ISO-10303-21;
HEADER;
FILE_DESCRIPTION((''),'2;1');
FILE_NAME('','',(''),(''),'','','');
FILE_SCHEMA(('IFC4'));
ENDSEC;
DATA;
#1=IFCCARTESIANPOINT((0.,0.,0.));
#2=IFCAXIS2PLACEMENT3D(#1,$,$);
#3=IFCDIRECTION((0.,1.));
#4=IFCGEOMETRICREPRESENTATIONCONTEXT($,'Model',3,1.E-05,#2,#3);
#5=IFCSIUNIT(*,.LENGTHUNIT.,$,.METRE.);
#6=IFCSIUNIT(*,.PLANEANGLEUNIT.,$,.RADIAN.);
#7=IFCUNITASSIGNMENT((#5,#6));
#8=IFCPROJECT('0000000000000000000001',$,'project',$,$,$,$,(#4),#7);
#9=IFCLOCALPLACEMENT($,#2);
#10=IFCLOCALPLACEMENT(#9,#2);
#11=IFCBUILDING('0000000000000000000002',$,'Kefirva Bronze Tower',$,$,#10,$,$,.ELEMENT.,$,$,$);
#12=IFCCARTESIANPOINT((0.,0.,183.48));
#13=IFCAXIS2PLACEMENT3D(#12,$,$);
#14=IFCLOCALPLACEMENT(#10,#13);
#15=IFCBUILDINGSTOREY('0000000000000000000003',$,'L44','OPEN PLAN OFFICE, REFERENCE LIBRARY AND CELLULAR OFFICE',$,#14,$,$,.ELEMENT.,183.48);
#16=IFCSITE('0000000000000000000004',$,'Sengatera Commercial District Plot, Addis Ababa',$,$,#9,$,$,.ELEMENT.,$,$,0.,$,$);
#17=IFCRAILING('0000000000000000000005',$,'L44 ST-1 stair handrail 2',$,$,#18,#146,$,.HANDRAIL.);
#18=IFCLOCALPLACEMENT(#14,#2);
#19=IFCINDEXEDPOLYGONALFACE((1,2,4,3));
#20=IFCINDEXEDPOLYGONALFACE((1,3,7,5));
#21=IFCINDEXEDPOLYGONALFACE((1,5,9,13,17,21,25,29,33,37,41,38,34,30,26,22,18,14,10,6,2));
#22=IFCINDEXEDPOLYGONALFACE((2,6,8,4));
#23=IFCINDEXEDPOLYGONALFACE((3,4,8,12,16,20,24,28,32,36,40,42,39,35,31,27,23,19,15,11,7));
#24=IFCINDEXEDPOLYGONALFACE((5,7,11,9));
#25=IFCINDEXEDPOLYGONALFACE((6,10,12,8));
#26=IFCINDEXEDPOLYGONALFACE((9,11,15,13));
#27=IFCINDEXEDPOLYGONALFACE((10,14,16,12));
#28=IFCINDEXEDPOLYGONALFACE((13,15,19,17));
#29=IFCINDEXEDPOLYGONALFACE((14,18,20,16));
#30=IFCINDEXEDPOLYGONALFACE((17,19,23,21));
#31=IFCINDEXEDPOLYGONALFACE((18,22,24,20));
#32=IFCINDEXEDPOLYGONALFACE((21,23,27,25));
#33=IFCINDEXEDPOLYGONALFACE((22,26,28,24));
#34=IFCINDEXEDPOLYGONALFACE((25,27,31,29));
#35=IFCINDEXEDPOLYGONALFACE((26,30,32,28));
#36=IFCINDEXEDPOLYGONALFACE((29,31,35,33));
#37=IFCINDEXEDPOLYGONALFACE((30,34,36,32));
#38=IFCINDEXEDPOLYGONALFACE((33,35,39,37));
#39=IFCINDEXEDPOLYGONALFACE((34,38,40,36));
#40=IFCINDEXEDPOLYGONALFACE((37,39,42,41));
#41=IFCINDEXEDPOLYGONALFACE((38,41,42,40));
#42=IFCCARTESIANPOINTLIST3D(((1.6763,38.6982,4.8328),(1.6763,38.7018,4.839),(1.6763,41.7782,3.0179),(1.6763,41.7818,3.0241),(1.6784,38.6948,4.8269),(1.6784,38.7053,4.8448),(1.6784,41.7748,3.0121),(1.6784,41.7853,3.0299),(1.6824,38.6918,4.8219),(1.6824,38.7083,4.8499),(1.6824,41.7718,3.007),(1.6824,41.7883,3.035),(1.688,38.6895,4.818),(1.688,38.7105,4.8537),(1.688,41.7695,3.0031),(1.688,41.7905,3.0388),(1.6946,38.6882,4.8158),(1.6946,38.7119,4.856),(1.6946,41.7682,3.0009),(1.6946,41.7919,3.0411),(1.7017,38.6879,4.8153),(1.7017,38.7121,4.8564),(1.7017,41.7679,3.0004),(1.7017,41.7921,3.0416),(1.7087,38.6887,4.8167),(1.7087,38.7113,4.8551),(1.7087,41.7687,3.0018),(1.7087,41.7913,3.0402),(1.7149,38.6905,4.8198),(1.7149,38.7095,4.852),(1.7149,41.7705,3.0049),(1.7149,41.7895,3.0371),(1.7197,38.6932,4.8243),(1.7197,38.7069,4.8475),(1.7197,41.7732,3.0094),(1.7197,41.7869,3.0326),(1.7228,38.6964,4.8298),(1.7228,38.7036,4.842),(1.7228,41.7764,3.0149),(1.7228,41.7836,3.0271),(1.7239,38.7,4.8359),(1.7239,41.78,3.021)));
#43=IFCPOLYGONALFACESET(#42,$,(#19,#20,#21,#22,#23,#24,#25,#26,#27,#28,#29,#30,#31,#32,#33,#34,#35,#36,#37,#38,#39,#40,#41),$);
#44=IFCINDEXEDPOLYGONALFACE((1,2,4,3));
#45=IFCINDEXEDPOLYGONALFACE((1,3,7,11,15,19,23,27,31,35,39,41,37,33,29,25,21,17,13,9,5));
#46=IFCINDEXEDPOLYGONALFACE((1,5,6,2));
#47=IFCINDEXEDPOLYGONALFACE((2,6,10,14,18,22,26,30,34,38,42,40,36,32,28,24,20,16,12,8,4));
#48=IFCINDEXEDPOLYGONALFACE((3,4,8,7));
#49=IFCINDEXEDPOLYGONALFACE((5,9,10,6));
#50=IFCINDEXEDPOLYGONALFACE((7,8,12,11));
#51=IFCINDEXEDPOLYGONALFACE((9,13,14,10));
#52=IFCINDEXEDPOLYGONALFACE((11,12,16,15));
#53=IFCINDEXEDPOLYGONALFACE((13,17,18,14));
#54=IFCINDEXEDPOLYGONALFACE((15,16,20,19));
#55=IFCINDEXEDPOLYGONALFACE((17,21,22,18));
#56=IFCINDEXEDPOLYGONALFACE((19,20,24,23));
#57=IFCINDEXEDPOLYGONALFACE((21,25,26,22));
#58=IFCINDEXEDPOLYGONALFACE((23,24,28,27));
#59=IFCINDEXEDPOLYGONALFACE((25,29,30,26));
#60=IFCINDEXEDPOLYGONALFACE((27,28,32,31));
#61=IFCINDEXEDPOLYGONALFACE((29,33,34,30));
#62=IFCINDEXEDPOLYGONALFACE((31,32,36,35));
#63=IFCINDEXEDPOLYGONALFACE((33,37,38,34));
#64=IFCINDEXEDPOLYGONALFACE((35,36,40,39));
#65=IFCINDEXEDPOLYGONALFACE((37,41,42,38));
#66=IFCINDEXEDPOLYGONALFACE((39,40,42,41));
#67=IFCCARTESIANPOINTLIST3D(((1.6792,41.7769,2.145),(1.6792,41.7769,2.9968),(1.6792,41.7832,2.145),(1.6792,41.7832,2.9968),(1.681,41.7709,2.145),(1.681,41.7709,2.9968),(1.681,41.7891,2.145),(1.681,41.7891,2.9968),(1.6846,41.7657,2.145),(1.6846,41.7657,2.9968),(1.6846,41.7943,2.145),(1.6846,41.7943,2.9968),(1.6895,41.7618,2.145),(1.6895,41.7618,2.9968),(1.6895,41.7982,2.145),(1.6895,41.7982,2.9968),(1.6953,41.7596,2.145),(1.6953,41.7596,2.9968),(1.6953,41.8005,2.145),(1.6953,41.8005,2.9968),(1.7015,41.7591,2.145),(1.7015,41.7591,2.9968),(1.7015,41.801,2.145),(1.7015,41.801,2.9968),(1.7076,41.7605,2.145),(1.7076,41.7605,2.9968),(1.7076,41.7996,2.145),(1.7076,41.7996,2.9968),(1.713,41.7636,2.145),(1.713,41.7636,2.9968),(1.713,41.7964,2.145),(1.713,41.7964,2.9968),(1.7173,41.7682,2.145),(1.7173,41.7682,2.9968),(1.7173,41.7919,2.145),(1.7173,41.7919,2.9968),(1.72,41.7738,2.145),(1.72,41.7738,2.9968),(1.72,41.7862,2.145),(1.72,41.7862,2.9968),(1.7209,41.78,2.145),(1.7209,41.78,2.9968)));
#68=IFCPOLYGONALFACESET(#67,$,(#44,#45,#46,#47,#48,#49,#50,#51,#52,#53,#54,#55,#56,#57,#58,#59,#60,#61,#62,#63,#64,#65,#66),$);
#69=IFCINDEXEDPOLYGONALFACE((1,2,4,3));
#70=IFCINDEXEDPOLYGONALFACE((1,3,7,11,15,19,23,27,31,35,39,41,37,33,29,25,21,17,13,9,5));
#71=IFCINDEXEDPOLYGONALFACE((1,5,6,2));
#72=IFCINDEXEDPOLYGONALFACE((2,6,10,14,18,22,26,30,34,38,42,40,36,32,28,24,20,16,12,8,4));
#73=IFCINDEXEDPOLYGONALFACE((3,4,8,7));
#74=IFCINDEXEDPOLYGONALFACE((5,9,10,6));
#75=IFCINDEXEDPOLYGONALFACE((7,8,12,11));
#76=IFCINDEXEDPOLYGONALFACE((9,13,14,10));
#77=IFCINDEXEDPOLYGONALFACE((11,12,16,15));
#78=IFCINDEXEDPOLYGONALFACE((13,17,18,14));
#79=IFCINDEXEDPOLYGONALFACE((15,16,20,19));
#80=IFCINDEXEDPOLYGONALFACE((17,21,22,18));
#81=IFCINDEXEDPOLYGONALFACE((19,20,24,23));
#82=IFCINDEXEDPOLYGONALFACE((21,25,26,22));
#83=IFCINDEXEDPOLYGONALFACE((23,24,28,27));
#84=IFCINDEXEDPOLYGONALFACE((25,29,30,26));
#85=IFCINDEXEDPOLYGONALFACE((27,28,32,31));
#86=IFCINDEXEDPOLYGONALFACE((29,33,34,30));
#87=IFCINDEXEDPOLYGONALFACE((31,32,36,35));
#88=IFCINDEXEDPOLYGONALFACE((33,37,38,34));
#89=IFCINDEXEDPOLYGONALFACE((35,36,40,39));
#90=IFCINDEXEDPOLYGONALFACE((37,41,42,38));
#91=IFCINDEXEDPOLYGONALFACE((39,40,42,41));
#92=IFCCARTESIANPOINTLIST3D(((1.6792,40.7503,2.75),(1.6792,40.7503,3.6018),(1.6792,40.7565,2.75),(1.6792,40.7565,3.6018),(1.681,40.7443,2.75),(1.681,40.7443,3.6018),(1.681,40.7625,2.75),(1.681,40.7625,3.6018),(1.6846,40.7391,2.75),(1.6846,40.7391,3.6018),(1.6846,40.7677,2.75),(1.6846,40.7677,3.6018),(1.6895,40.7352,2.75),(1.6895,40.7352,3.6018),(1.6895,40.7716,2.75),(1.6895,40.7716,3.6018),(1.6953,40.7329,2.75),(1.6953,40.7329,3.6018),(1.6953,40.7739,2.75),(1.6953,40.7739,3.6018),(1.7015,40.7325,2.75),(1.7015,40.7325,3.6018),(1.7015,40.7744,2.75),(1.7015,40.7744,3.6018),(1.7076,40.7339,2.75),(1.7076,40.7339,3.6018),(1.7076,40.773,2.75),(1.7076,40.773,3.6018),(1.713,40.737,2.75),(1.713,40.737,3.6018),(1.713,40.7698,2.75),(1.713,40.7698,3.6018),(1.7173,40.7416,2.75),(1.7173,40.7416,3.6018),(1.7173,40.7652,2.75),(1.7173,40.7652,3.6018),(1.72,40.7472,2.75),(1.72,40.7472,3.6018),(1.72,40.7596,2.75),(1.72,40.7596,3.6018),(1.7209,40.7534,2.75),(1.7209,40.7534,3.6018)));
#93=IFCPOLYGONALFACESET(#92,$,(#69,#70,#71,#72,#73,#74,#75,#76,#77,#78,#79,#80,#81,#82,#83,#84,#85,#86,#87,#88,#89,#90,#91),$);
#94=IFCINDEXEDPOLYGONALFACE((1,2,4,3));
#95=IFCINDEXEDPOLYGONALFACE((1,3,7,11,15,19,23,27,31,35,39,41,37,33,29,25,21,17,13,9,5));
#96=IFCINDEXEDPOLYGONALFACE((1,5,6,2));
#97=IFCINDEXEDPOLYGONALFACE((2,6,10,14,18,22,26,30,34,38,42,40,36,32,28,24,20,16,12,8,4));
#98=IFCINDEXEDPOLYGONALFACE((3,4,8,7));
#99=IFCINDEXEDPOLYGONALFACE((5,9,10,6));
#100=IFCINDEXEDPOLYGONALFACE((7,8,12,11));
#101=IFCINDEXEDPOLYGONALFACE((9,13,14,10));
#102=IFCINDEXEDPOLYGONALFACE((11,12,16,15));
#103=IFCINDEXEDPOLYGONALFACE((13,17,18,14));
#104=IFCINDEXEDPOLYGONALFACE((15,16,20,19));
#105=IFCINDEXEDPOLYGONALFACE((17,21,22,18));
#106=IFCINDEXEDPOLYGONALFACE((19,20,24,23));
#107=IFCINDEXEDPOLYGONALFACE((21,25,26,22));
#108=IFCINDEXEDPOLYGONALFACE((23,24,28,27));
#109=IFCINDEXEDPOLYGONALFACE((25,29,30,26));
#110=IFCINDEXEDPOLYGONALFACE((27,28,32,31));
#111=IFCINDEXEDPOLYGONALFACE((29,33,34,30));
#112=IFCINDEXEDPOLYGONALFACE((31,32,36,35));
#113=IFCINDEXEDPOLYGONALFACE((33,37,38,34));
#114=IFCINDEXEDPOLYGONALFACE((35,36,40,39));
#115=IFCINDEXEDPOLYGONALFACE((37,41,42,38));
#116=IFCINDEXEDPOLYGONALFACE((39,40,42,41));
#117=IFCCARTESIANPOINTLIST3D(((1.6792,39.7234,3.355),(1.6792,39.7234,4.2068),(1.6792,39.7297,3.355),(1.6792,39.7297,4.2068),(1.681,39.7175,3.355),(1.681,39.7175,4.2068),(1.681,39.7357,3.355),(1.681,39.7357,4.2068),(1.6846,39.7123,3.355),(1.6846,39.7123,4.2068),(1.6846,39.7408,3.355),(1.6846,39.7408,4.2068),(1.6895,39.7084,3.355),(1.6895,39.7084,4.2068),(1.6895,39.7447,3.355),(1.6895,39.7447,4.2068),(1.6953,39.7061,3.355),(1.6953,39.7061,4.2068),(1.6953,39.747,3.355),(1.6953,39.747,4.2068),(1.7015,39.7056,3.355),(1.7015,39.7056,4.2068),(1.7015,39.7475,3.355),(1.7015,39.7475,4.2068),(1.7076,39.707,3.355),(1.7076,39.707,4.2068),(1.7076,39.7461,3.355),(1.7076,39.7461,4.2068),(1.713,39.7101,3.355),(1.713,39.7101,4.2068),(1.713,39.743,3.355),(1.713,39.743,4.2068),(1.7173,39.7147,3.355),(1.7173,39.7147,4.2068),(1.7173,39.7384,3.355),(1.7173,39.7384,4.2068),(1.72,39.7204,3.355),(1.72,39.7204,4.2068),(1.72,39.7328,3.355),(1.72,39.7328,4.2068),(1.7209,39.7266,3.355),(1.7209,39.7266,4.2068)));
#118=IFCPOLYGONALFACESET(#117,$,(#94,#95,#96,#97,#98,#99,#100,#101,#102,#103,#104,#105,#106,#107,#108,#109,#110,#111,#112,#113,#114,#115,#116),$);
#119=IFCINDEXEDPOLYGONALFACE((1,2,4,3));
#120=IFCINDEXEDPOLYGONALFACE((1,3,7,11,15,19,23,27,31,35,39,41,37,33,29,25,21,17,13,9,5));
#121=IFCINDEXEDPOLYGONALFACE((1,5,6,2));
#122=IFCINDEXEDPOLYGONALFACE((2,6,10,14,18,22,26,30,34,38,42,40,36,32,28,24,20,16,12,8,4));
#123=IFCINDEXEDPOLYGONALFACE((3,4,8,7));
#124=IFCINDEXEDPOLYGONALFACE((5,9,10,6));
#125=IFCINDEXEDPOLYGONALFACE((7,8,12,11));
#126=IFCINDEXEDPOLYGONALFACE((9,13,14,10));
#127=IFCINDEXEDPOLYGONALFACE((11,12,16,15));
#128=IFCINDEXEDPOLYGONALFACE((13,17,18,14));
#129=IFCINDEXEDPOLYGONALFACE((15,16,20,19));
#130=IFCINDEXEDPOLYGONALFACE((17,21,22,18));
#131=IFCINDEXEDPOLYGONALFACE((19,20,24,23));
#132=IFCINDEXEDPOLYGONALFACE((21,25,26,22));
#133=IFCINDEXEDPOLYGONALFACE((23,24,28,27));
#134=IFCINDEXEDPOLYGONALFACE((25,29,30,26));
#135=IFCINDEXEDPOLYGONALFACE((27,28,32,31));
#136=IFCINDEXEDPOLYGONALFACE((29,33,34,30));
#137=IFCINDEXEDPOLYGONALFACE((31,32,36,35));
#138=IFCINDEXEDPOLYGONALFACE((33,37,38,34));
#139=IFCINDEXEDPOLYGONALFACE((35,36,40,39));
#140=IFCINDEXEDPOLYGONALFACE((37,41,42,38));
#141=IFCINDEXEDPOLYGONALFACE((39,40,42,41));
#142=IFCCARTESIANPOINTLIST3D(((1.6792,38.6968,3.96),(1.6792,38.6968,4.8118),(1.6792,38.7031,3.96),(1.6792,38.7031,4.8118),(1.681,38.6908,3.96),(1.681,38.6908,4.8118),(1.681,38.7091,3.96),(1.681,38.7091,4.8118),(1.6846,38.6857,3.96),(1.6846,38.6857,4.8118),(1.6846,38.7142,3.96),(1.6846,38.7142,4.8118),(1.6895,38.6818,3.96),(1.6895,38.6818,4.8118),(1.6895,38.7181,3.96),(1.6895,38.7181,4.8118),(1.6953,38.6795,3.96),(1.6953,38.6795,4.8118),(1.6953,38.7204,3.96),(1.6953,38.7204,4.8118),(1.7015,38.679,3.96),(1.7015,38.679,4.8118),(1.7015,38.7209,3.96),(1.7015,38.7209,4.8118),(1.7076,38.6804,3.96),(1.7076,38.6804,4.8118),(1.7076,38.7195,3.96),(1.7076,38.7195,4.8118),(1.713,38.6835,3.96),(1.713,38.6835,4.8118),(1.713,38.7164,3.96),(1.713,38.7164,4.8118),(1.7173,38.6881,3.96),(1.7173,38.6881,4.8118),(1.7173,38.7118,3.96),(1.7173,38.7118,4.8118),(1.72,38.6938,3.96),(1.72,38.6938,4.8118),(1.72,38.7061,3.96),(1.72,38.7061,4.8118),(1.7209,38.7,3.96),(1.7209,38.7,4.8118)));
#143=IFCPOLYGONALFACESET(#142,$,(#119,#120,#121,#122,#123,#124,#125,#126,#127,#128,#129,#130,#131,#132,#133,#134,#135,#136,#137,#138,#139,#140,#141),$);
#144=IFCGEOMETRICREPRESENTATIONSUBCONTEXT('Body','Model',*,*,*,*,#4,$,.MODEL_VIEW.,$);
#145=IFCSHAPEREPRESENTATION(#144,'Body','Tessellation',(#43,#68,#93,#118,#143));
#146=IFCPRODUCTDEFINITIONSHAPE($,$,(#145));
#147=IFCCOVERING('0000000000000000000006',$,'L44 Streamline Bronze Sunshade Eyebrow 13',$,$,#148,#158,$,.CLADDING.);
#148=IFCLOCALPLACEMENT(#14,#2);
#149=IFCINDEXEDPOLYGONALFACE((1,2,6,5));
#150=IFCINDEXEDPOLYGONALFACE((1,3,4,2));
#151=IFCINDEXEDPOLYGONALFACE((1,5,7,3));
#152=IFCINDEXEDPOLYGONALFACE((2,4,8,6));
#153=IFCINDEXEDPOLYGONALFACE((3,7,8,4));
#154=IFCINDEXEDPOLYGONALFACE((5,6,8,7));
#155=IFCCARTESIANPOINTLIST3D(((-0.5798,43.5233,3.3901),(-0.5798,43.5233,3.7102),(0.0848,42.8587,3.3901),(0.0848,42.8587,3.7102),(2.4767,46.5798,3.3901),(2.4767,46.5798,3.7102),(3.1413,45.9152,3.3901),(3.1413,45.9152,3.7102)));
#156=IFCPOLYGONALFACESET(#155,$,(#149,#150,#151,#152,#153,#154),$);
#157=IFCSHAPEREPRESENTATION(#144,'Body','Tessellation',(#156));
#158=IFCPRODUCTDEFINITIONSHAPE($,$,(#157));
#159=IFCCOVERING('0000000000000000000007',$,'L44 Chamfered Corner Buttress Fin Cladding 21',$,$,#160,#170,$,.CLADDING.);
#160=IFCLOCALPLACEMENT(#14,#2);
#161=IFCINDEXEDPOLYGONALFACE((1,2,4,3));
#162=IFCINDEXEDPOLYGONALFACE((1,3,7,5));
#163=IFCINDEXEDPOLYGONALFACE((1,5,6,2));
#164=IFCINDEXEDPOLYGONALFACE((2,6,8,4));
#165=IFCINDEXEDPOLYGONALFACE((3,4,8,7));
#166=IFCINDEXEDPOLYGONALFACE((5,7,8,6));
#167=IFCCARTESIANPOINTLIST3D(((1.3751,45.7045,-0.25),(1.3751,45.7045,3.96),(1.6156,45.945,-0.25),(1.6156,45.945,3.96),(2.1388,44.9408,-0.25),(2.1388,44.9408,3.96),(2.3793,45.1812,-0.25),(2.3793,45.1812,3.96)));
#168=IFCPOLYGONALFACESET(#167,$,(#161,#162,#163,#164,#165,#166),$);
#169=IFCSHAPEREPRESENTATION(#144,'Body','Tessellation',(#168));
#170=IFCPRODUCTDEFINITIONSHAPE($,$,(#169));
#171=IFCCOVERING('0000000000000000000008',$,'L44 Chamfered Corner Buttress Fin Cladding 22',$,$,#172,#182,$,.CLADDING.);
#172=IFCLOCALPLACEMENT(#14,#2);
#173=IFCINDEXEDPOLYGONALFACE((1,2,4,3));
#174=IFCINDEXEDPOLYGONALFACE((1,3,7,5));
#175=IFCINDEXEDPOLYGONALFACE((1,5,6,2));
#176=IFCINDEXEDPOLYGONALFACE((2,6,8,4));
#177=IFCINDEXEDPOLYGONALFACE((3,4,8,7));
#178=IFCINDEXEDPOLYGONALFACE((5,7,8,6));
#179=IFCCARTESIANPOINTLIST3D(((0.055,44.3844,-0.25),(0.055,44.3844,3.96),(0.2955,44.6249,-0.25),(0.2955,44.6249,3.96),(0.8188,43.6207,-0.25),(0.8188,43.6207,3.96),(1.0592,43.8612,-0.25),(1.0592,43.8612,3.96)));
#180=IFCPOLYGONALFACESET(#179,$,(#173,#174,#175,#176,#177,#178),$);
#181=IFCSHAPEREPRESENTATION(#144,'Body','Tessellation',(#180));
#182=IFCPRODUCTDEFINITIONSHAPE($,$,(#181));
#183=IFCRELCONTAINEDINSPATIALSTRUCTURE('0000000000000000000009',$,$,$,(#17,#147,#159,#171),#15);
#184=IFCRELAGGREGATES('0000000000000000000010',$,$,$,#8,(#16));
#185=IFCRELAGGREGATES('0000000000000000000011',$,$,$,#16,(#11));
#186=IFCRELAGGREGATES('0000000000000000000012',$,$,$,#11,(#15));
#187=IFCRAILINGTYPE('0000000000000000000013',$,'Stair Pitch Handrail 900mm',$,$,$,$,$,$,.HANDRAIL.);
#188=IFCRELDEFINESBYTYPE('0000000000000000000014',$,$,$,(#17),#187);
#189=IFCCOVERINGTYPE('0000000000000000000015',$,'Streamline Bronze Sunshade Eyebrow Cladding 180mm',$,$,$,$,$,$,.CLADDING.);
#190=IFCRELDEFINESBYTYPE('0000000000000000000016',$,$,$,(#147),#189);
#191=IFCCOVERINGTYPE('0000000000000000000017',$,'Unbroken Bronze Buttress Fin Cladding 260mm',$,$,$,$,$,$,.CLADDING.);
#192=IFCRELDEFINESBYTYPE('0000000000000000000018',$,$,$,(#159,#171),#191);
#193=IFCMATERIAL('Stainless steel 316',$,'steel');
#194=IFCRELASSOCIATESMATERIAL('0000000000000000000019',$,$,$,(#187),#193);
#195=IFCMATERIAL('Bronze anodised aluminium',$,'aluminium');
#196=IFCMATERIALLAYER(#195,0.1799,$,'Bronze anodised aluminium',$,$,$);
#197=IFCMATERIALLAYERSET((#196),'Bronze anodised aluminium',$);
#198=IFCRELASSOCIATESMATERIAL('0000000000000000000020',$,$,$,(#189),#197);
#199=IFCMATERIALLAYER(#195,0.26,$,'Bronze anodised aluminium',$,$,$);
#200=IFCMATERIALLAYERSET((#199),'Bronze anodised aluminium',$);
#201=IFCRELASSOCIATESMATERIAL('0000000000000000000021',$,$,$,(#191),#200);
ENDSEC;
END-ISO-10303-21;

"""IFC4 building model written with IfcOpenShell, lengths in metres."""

from ifc_helpers import new_model, si_unit, direction, frame, origin, origin_2d, place, context, subcontext, project, spatial, rectangle, circle, extrude, material, layer, layer_set, type_object, element, save


model = new_model("IFC4")

# Units and contexts
model_context = context("Model", 3, precision=1e-05, world=origin(), true_north=direction((0.0, 1.0)))
body_context = subcontext(model_context, "Body", "Model", "MODEL_VIEW")
ifc_project = project(units=[si_unit("LENGTHUNIT", "METRE"), si_unit("PLANEANGLEUNIT", "RADIAN")], contexts=[model_context])

# Site, building, storey
site_placement = place(None, origin())
site = spatial("IfcSite", under=ifc_project, at=site_placement, Name="Sengatera Commercial District Plot, Addis Ababa", CompositionType="ELEMENT", RefElevation=0.0)
building_placement = place(site_placement, origin())
building = spatial("IfcBuilding", under=site, at=building_placement, Name="Kefirva Bronze Tower", CompositionType="ELEMENT")
storey_placement = place(building_placement, frame((0.0, 0.0, 183.48)))
storey = spatial("IfcBuildingStorey", under=building, at=storey_placement, Name="L44", Description="OPEN PLAN OFFICE, REFERENCE LIBRARY AND CELLULAR OFFICE", CompositionType="ELEMENT", Elevation=183.48)

# Shared definitions
ifc_material_1 = material(Name="Bronze anodised aluminium", Category="aluminium")

# Railing
ifc_material_2 = material(Name="Stainless steel 316", Category="steel")
railing_type_1 = type_object("IfcRailingType", Name="Stair Pitch Handrail 900mm", PredefinedType="HANDRAIL", material=ifc_material_2)
railing_1_placement = place(storey_placement, frame((1.7, 41.78, 2.145)))
element("IfcRailing", 1, at=railing_1_placement, inside=storey, type_object=railing_type_1, Name="L44 ST-1 stair handrail 2", PredefinedType="HANDRAIL", context=body_context, shape_type="SweptSolid", body=[
    extrude(circle(Radius=0.0239, at=origin_2d()), frame((0.0, 0.0, 0.876), z_axis=(0.0, -0.861551, 0.507671), x_axis=(1.0, 0.0, 0.0)), (0.0, 0.0, 1.0), 3.575),
    extrude(circle(Radius=0.021, at=origin_2d()), origin(), (0.0, 0.0, 1.0), 0.8518),
    extrude(circle(Radius=0.021, at=origin_2d()), frame((0.0, -1.0266, 0.605)), (0.0, 0.0, 1.0), 0.8518),
    extrude(circle(Radius=0.021, at=origin_2d()), frame((0.0, -2.0535, 1.21)), (0.0, 0.0, 1.0), 0.8518),
    extrude(circle(Radius=0.021, at=origin_2d()), frame((0.0, -3.0801, 1.8149)), (0.0, 0.0, 1.0), 0.8518),
])

# Coverings
ifc_layer_1 = layer(ifc_material_1, 0.1799, Name="Bronze anodised aluminium")
ifc_layer_set_1 = layer_set([ifc_layer_1], Name="Bronze anodised aluminium")
covering_type_1 = type_object("IfcCoveringType", Name="Streamline Bronze Sunshade Eyebrow Cladding 180mm", PredefinedType="CLADDING", material=ifc_layer_set_1)
covering_1_placement = place(storey_placement, frame((1.2808, 44.7192, 3.3901), z_axis=(0.0, 0.0, 1.0), x_axis=(-0.707107, -0.707107, 0.0)))
element("IfcCovering", 2, at=covering_1_placement, inside=storey, type_object=covering_type_1, Name="L44 Streamline Bronze Sunshade Eyebrow 13", PredefinedType="CLADDING", context=body_context, shape_type="SweptSolid", body=[
    extrude(rectangle(XDim=4.3225, YDim=0.9399, at=origin_2d()), origin(), (0.0, 0.0, 1.0), 0.3201),
])
ifc_layer_2 = layer(ifc_material_1, 0.26, Name="Bronze anodised aluminium")
ifc_layer_set_2 = layer_set([ifc_layer_2], Name="Bronze anodised aluminium")
covering_type_2 = type_object("IfcCoveringType", Name="Unbroken Bronze Buttress Fin Cladding 260mm", PredefinedType="CLADDING", material=ifc_layer_set_2)
for number, where, z_axis, x_axis, name in (
    (3, (1.8772, 45.4429, -0.25), (0.0, 0.0, 1.0), (-0.707107, -0.707107, 0.0), "L44 Chamfered Corner Buttress Fin Cladding 21"),
    (4, (0.5571, 44.1228, -0.25), (0.0, 0.0, 1.0), (-0.707107, -0.707107, 0.0), "L44 Chamfered Corner Buttress Fin Cladding 22"),
):
    element("IfcCovering", number, at=place(storey_placement, frame(where, z_axis=z_axis, x_axis=x_axis)), inside=storey, type_object=covering_type_2, Name=name, PredefinedType="CLADDING", context=body_context, shape_type="SweptSolid", body=[
        extrude(rectangle(XDim=0.3401, YDim=1.0801, at=origin_2d()), origin(), (0.0, 0.0, 1.0), 4.21),
    ])

save(model, "model.ifc")
